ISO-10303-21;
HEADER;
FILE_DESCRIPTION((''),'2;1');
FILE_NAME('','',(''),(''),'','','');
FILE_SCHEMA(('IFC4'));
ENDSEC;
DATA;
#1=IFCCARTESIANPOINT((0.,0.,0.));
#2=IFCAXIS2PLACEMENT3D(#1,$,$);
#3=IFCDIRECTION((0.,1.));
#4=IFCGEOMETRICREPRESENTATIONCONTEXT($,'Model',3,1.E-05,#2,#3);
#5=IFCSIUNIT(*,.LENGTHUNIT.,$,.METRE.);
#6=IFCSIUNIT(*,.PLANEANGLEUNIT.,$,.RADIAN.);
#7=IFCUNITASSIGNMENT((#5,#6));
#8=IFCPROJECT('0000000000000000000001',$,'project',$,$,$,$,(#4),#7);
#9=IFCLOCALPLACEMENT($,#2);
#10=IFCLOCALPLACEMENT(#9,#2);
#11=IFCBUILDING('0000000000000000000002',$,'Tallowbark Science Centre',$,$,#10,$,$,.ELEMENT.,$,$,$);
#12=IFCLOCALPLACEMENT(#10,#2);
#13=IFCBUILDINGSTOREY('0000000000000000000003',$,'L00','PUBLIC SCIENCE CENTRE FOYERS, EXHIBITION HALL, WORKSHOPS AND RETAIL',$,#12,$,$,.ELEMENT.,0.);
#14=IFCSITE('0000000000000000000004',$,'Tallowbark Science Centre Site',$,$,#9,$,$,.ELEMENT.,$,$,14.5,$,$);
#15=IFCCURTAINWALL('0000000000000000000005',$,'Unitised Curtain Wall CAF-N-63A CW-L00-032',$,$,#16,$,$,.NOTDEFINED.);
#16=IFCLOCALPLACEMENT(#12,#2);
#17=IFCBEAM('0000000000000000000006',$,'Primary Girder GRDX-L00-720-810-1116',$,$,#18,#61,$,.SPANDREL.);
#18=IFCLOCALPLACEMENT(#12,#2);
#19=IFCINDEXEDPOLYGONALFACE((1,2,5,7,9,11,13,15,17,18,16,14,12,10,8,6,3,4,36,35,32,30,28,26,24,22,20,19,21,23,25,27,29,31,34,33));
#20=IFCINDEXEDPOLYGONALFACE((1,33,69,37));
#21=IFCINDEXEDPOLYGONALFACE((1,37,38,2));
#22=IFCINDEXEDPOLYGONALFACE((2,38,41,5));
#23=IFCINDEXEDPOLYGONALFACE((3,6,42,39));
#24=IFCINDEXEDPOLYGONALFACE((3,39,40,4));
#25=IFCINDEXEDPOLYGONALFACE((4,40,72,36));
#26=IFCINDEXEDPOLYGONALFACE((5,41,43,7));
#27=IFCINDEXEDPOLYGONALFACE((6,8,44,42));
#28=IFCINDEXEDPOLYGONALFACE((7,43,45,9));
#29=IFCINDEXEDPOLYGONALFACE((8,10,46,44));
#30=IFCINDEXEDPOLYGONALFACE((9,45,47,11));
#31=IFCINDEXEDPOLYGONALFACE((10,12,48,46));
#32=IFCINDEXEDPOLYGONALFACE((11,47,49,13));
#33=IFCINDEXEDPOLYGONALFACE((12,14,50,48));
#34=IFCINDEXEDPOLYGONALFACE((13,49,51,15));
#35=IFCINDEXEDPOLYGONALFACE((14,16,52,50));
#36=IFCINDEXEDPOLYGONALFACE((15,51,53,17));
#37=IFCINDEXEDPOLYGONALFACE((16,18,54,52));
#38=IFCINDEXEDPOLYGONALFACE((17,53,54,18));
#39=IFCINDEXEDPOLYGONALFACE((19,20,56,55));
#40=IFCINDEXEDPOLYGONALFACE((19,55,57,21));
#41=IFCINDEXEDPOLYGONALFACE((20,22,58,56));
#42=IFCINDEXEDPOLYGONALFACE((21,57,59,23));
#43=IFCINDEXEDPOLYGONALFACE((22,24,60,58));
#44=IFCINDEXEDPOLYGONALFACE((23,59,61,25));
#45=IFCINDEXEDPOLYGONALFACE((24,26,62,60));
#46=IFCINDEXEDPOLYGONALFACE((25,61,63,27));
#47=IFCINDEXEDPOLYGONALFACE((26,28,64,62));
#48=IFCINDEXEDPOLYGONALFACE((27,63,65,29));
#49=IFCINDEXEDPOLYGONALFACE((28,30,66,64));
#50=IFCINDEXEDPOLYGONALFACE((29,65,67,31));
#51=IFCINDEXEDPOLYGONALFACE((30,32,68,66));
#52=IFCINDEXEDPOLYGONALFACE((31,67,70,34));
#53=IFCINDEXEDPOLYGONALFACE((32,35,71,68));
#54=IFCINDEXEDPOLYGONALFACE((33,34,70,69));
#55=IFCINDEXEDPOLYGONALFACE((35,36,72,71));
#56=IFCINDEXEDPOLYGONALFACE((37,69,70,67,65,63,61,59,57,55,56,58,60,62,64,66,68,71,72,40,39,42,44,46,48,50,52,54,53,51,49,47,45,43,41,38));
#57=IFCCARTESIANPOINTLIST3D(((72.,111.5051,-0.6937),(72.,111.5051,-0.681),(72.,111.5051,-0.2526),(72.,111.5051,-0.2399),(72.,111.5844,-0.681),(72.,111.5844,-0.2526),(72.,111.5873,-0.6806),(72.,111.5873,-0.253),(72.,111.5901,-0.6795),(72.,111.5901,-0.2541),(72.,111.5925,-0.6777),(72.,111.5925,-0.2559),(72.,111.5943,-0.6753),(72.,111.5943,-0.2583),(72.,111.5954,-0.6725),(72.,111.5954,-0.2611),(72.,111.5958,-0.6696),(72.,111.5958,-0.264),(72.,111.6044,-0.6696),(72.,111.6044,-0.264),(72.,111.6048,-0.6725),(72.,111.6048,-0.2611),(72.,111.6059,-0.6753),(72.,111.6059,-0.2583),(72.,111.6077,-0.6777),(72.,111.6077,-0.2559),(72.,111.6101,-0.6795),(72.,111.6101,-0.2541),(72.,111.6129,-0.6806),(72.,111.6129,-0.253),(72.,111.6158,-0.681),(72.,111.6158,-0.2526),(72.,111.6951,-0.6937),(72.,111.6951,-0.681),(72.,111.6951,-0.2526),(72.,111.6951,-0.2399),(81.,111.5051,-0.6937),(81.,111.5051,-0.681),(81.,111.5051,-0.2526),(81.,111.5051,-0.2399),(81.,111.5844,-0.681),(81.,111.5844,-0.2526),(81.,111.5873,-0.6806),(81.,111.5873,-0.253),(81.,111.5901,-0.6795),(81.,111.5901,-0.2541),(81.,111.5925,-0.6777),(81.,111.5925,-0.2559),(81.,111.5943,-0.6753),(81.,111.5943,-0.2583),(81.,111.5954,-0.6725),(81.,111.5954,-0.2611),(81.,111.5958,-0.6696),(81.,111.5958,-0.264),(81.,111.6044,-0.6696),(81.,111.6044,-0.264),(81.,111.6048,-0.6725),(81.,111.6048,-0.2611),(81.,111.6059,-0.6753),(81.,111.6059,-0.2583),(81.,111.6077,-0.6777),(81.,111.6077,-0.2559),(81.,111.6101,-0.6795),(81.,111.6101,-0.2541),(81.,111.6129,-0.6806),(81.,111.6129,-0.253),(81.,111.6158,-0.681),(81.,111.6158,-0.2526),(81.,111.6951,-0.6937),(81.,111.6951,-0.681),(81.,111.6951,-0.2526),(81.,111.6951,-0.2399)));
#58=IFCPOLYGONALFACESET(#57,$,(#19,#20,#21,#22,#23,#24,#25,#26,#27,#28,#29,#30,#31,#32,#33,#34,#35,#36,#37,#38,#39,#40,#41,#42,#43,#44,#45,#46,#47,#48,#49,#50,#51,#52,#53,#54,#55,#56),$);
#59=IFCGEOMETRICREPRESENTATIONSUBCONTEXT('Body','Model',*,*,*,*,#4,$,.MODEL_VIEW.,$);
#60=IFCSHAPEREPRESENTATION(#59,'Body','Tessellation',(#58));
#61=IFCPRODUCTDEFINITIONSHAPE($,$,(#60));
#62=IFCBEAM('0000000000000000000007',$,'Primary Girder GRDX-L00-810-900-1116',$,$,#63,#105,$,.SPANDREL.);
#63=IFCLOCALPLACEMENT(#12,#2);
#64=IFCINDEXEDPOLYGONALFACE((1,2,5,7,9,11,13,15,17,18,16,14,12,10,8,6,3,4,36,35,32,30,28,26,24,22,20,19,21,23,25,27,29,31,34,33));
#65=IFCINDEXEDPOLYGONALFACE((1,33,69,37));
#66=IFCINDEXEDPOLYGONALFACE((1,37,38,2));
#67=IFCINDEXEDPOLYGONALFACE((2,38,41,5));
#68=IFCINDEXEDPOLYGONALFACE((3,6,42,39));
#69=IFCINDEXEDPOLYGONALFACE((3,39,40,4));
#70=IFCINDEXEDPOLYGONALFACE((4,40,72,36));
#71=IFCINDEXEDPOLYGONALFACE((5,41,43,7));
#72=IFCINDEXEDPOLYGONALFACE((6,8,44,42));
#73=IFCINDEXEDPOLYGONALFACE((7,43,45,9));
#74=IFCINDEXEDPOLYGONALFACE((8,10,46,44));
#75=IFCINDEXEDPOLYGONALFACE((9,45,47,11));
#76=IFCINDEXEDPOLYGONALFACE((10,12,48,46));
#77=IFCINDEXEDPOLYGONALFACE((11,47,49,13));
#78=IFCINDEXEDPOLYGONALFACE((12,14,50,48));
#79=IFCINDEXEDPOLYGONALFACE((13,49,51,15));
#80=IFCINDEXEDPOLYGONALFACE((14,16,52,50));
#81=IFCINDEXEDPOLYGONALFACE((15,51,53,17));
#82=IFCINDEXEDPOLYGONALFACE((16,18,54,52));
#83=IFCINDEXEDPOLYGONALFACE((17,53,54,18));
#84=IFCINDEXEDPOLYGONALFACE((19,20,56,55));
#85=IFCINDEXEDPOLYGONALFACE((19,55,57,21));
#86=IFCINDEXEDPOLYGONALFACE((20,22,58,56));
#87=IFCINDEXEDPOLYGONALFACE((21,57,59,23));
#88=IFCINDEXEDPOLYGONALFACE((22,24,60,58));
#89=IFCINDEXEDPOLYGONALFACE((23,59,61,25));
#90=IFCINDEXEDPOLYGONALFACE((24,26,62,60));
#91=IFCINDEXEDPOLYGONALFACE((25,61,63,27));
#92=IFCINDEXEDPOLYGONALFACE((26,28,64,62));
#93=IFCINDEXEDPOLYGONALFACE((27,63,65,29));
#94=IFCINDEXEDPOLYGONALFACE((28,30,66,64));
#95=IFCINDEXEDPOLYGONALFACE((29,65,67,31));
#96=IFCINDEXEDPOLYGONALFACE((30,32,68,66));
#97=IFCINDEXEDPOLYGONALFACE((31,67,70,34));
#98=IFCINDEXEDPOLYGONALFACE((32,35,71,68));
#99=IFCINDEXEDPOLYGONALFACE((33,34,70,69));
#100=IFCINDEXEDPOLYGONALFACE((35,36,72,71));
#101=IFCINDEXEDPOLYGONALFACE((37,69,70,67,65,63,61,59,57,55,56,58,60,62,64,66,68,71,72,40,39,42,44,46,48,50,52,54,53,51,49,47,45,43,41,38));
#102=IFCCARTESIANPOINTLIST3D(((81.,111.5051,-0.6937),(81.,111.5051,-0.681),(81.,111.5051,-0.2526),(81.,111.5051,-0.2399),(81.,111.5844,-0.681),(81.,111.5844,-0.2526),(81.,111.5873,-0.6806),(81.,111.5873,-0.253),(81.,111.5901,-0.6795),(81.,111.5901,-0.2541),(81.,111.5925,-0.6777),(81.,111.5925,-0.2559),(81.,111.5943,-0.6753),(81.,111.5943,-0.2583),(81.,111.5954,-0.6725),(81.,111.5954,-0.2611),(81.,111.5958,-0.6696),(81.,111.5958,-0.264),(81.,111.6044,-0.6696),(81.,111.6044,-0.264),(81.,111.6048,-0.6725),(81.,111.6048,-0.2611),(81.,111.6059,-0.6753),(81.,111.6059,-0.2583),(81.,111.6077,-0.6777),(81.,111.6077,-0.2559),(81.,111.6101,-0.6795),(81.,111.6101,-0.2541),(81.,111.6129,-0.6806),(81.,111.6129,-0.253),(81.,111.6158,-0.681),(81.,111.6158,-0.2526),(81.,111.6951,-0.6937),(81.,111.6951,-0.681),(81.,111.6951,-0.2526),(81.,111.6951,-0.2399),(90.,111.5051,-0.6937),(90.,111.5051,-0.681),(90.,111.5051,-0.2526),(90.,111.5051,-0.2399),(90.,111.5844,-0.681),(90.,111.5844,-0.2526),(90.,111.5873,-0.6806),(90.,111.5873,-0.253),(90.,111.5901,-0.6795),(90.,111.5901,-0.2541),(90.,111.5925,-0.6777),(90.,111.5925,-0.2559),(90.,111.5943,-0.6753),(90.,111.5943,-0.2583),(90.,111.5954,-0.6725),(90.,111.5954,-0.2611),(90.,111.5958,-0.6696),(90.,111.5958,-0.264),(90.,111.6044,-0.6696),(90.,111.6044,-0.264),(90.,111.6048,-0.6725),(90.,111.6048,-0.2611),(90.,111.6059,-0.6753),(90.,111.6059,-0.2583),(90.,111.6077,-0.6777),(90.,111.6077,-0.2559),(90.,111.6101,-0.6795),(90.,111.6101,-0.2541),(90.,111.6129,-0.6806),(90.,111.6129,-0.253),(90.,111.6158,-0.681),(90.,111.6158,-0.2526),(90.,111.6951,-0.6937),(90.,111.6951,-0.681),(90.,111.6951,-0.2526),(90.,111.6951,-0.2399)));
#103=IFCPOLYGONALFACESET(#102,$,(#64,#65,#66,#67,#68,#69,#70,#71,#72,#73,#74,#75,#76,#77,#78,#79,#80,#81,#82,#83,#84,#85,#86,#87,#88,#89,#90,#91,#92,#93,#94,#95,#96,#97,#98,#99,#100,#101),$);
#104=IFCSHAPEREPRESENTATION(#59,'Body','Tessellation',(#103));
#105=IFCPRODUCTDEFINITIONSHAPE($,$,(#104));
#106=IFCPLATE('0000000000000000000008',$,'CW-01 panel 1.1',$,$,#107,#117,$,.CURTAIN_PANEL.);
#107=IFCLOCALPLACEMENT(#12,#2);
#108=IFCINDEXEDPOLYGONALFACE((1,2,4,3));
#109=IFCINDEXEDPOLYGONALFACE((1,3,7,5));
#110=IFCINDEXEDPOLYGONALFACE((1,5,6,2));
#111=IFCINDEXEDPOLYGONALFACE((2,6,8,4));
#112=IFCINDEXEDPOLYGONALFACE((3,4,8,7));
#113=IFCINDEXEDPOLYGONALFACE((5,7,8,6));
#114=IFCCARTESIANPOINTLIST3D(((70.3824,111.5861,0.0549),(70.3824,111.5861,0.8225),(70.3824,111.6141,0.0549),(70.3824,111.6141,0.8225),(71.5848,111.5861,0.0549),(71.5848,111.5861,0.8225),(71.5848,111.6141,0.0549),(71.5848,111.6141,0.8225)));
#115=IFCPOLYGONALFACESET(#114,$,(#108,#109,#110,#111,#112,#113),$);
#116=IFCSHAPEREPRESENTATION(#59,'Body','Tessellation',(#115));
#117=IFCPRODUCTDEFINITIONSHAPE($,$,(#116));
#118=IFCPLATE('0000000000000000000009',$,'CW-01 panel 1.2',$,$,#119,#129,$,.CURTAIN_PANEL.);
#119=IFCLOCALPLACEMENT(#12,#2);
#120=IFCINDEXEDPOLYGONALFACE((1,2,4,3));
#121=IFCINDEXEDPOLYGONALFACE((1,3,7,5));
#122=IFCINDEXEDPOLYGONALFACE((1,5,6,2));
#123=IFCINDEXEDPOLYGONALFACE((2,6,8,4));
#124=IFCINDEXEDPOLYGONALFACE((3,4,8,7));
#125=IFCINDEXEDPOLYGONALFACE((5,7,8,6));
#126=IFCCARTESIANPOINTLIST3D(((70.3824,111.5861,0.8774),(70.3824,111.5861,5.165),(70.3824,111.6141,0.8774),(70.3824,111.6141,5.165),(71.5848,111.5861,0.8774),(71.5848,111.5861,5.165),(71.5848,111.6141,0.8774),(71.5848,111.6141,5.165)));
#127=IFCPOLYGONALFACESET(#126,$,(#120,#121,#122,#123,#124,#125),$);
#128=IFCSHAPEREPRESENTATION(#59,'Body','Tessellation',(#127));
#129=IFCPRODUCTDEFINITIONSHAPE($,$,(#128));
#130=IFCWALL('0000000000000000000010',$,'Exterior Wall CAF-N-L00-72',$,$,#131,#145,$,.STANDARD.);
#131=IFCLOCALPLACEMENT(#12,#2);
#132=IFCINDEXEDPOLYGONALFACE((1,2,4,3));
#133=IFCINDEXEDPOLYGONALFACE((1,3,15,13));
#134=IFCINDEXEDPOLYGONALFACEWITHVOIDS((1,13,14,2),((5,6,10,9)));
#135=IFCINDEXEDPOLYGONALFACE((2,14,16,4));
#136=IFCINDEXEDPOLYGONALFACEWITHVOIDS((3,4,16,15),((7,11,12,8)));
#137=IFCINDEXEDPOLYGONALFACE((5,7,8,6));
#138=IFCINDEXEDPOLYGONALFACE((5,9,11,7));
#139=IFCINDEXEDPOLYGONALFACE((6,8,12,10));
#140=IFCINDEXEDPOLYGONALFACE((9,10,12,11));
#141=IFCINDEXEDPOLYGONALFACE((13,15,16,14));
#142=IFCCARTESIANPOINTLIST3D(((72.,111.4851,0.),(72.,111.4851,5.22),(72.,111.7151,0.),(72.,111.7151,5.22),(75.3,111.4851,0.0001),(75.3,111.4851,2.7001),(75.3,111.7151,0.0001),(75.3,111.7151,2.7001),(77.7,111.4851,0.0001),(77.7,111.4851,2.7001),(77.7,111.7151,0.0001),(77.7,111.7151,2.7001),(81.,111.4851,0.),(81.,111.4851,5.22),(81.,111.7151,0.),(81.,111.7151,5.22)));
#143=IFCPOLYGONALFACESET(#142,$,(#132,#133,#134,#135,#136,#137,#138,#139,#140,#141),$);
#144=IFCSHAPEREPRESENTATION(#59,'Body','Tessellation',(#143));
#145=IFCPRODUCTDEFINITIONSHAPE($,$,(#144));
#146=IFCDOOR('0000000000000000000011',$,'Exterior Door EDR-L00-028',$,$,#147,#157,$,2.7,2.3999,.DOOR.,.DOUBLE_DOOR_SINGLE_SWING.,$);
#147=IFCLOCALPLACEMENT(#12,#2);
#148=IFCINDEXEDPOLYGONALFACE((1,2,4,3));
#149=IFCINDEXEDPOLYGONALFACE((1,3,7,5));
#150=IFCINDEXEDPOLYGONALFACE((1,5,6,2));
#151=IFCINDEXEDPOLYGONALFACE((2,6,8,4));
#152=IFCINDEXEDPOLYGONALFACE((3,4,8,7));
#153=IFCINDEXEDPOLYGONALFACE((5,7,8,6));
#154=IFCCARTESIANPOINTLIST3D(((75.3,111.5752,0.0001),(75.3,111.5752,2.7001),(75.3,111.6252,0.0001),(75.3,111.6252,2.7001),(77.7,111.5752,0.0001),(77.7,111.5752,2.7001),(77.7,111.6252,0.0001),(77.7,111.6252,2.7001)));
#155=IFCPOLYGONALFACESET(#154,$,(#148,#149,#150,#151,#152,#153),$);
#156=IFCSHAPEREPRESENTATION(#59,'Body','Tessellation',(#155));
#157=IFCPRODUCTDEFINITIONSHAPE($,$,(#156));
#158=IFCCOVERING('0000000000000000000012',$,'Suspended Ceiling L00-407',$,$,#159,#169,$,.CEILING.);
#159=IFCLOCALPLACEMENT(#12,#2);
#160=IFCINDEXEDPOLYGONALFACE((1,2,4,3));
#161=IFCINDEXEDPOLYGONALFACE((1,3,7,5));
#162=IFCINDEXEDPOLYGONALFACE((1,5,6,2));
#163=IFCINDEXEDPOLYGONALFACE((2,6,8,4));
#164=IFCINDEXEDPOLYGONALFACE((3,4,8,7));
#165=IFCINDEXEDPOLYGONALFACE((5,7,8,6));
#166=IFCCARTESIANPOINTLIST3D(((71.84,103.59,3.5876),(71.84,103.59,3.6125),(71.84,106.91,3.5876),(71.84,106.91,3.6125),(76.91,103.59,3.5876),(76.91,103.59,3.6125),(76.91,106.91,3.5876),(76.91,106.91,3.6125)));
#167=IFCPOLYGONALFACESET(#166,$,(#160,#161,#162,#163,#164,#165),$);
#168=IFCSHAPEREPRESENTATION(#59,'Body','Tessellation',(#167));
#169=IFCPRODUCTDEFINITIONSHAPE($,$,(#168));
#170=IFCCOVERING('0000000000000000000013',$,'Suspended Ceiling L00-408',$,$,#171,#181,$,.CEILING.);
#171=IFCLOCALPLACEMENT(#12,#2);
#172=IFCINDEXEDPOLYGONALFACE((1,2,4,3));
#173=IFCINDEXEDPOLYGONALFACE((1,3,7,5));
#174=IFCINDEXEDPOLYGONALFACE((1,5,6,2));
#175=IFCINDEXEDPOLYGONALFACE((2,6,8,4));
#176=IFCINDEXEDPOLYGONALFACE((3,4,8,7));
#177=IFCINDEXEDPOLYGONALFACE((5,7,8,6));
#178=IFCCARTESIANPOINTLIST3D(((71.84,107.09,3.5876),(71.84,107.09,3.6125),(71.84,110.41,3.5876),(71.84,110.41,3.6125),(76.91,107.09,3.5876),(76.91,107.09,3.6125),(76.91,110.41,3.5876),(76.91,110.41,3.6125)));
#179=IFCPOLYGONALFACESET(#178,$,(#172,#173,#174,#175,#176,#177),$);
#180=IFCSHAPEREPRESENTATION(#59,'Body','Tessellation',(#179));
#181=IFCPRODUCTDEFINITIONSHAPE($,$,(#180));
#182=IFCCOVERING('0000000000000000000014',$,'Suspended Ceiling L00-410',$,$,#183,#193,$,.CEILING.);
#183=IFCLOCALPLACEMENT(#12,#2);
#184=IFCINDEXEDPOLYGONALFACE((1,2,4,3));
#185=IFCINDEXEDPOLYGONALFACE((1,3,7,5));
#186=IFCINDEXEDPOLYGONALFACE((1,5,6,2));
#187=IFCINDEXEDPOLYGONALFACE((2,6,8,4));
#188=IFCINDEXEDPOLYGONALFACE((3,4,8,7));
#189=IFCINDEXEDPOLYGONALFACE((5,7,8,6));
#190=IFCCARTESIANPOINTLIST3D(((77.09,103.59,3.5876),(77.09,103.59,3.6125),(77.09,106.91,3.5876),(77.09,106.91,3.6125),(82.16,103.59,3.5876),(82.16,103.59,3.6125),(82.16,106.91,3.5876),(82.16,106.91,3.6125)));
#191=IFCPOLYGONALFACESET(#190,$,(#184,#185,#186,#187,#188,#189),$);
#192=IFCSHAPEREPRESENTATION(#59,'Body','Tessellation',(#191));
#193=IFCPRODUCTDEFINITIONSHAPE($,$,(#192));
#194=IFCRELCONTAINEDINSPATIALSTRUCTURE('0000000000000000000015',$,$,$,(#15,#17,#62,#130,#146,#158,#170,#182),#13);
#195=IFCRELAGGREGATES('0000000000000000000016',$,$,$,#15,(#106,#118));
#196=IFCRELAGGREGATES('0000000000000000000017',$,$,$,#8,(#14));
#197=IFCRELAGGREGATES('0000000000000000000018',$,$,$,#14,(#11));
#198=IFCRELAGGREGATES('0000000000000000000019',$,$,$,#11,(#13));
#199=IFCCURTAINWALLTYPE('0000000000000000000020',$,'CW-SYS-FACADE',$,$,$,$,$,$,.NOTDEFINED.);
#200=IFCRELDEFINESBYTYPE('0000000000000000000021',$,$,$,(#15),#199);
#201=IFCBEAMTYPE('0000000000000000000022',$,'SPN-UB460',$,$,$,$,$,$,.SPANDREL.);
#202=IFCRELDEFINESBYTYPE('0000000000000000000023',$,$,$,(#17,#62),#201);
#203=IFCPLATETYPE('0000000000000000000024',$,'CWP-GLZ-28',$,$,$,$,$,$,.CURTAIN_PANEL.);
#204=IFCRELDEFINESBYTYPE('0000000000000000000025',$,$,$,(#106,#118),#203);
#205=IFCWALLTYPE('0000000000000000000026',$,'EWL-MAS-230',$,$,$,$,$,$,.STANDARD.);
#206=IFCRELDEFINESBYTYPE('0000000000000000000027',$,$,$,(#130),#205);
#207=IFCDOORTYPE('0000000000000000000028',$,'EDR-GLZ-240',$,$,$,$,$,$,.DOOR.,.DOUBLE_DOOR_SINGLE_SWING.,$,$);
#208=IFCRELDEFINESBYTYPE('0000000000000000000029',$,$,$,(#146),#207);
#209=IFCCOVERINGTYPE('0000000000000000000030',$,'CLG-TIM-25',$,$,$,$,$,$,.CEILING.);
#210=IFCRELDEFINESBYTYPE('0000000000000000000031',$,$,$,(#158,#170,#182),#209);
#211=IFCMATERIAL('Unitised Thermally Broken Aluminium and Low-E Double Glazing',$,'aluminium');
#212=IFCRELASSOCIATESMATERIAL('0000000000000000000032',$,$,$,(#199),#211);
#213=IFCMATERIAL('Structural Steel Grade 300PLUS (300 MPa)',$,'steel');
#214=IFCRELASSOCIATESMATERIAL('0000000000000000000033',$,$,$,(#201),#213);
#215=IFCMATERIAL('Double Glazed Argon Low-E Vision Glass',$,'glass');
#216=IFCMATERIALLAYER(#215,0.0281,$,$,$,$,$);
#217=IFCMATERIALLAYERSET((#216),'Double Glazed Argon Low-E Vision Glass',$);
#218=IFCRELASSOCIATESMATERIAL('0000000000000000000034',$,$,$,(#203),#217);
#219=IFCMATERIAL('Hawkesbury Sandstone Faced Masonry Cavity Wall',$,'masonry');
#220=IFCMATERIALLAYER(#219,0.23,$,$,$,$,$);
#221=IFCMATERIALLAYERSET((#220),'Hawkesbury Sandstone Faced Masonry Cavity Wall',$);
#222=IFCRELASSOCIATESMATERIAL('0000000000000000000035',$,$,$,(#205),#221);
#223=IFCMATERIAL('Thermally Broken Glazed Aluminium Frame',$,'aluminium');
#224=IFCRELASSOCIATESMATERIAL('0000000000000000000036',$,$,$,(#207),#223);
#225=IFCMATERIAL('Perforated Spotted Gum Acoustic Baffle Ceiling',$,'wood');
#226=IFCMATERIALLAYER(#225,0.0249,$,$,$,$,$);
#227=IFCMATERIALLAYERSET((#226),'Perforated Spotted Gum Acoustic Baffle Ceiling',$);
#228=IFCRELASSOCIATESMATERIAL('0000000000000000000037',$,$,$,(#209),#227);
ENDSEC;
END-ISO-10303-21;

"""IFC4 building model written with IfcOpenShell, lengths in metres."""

from ifc_helpers import new_model, si_unit, direction, frame, frame_2d, origin, origin_2d, place, context, subcontext, project, spatial, rectangle, i_section, extrude, material, layer, layer_set, material_profile, profile_set, type_object, element, fill, aggregate, save


model = new_model("IFC4")

# Units and contexts
model_context = context("Model", 3, precision=1e-05, world=origin(), true_north=direction((0.0, 1.0)))
body_context = subcontext(model_context, "Body", "Model", "MODEL_VIEW")
ifc_project = project(units=[si_unit("LENGTHUNIT", "METRE"), si_unit("PLANEANGLEUNIT", "RADIAN")], contexts=[model_context])

# Site, building, storey
site_placement = place(None, origin())
site = spatial("IfcSite", under=ifc_project, at=site_placement, Name="Tallowbark Science Centre Site", CompositionType="ELEMENT", RefElevation=14.5)
building_placement = place(site_placement, origin())
building = spatial("IfcBuilding", under=site, at=building_placement, Name="Tallowbark Science Centre", CompositionType="ELEMENT")
storey_placement = place(building_placement, origin())
storey = spatial("IfcBuildingStorey", under=building, at=storey_placement, Name="L00", Description="PUBLIC SCIENCE CENTRE FOYERS, EXHIBITION HALL, WORKSHOPS AND RETAIL", CompositionType="ELEMENT", Elevation=0.0)

# Shared definitions
ifc_material_1 = material(Name="Structural Steel Grade 300PLUS (300 MPa)", Category="steel")

# Curtain wall
ifc_material_2 = material(Name="Unitised Thermally Broken Aluminium and Low-E Double Glazing", Category="aluminium")
curtain_wall_type = type_object("IfcCurtainWallType", Name="CW-SYS-FACADE", PredefinedType="NOTDEFINED", material=ifc_material_2)
curtain_wall_1_placement = place(storey_placement, origin())
curtain_wall_1 = element("IfcCurtainWall", 1, at=curtain_wall_1_placement, inside=storey, type_object=curtain_wall_type, Name="Unitised Curtain Wall CAF-N-63A CW-L00-032", PredefinedType="NOTDEFINED")

# Beams
ifc_material_profile_1 = material_profile(ifc_material_1, i_section(OverallWidth=0.1899, OverallDepth=0.4539, WebThickness=0.0085, FlangeThickness=0.0127, FilletRadius=0.0115, at=origin_2d()), Name="460UB67.1")
ifc_profile_set_1 = profile_set([ifc_material_profile_1], Name="Structural Steel Grade 300PLUS (300 MPa)")
beam_type_1 = type_object("IfcBeamType", Name="SPN-UB460", PredefinedType="SPANDREL", material=ifc_profile_set_1)
for number, where, z_axis, x_axis, name in (
    (2, (72.0, 111.6001, -0.4668), (1.0, 0.0, 0.0), (0.0, 1.0, 0.0), "Primary Girder GRDX-L00-720-810-1116"),
    (3, (81.0, 111.6001, -0.4668), (1.0, 0.0, 0.0), (0.0, 1.0, 0.0), "Primary Girder GRDX-L00-810-900-1116"),
):
    element("IfcBeam", number, at=place(storey_placement, frame(where, z_axis=z_axis, x_axis=x_axis)), inside=storey, type_object=beam_type_1, Name=name, PredefinedType="SPANDREL", context=body_context, shape_type="SweptSolid", body=[
        extrude(i_section(OverallWidth=0.1899, OverallDepth=0.4539, WebThickness=0.0085, FlangeThickness=0.0127, FilletRadius=0.0115, at=origin_2d()), origin(), (0.0, 0.0, 1.0), 9.0),
    ])

# Plates
ifc_material_3 = material(Name="Double Glazed Argon Low-E Vision Glass", Category="glass")
ifc_layer_1 = layer(ifc_material_3, 0.0281)
ifc_layer_set_1 = layer_set([ifc_layer_1], Name="Double Glazed Argon Low-E Vision Glass")
plate_type = type_object("IfcPlateType", Name="CWP-GLZ-28", PredefinedType="CURTAIN_PANEL", material=ifc_layer_set_1)
plate_1_placement = place(storey_placement, frame((70.9836, 111.6001, 0.0549), z_axis=(0.0, 0.0, 1.0), x_axis=(-1.0, 0.0, 0.0)))
plate_1 = element("IfcPlate", 4, at=plate_1_placement, type_object=plate_type, Name="CW-01 panel 1.1", PredefinedType="CURTAIN_PANEL", context=body_context, shape_type="SweptSolid", body=[
    extrude(rectangle(XDim=1.2024, YDim=0.0281, at=origin_2d()), origin(), (0.0, 0.0, 1.0), 0.7676),
])
plate_2_placement = place(storey_placement, frame((70.9836, 111.6001, 0.8774), z_axis=(0.0, 0.0, 1.0), x_axis=(-1.0, 0.0, 0.0)))
plate_2 = element("IfcPlate", 5, at=plate_2_placement, type_object=plate_type, Name="CW-01 panel 1.2", PredefinedType="CURTAIN_PANEL", context=body_context, shape_type="SweptSolid", body=[
    extrude(rectangle(XDim=1.2024, YDim=0.0281, at=origin_2d()), origin(), (0.0, 0.0, 1.0), 4.2876),
])
aggregate(curtain_wall_1, [plate_1, plate_2])

# Wall, opening, door
ifc_material_4 = material(Name="Hawkesbury Sandstone Faced Masonry Cavity Wall", Category="masonry")
ifc_layer_2 = layer(ifc_material_4, 0.23)
ifc_layer_set_2 = layer_set([ifc_layer_2], Name="Hawkesbury Sandstone Faced Masonry Cavity Wall")
wall_type = type_object("IfcWallType", Name="EWL-MAS-230", PredefinedType="STANDARD", material=ifc_layer_set_2)
wall_placement = place(storey_placement, frame((81.0, 111.6001, 0.0), z_axis=(0.0, 0.0, 1.0), x_axis=(-1.0, 0.0, 0.0)))
wall = element("IfcWall", 6, at=wall_placement, inside=storey, type_object=wall_type, Name="Exterior Wall CAF-N-L00-72", PredefinedType="STANDARD", context=body_context, shape_type="SweptSolid", body=[
    extrude(rectangle(XDim=9.0, YDim=0.23, at=frame_2d((4.5, 0.0))), origin(), (0.0, 0.0, 1.0), 5.22),
])
opening_placement = place(wall_placement, frame((3.3, 0.0, 0.0)))
opening = element("IfcOpeningElement", 7, at=opening_placement, cuts=wall, PredefinedType="OPENING", context=body_context, shape_type="SweptSolid", body=[
    extrude(rectangle(XDim=2.3999, YDim=2.7, at=frame_2d((1.2, 1.3501))), frame((0.0, 0.125, 0.0), z_axis=(0.0, -1.0, 0.0), x_axis=(1.0, 0.0, 0.0)), (0.0, 0.0, 1.0), 0.25),
])
ifc_material_5 = material(Name="Thermally Broken Glazed Aluminium Frame", Category="aluminium")
door_type = type_object("IfcDoorType", Name="EDR-GLZ-240", OperationType="DOUBLE_DOOR_SINGLE_SWING", PredefinedType="DOOR", material=ifc_material_5)
door_placement = place(opening_placement, origin())
door = element("IfcDoor", 8, at=door_placement, inside=storey, type_object=door_type, Name="Exterior Door EDR-L00-028", OperationType="DOUBLE_DOOR_SINGLE_SWING", OverallHeight=2.7, OverallWidth=2.3999, PredefinedType="DOOR", context=body_context, shape_type="SweptSolid", body=[
    extrude(rectangle(XDim=2.3999, YDim=2.7, at=frame_2d((1.2, 1.3501))), frame((0.0, 0.0249, 0.0), z_axis=(0.0, -1.0, 0.0), x_axis=(1.0, 0.0, 0.0)), (0.0, 0.0, 1.0), 0.05),
])
fill(opening, door)

# Coverings
ifc_material_6 = material(Name="Perforated Spotted Gum Acoustic Baffle Ceiling", Category="wood")
ifc_layer_3 = layer(ifc_material_6, 0.0249)
ifc_layer_set_3 = layer_set([ifc_layer_3], Name="Perforated Spotted Gum Acoustic Baffle Ceiling")
covering_type_1 = type_object("IfcCoveringType", Name="CLG-TIM-25", PredefinedType="CEILING", material=ifc_layer_set_3)
for number, where, z_axis, x_axis, name in (
    (9, (74.375, 105.25, 3.5876), (0.0, 0.0, 1.0), (1.0, 0.0, 0.0), "Suspended Ceiling L00-407"),
    (10, (74.375, 108.75, 3.5876), (0.0, 0.0, 1.0), (1.0, 0.0, 0.0), "Suspended Ceiling L00-408"),
    (11, (79.625, 105.25, 3.5876), (0.0, 0.0, 1.0), (1.0, 0.0, 0.0), "Suspended Ceiling L00-410"),
):
    element("IfcCovering", number, at=place(storey_placement, frame(where, z_axis=z_axis, x_axis=x_axis)), inside=storey, type_object=covering_type_1, Name=name, PredefinedType="CEILING", context=body_context, shape_type="SweptSolid", body=[
        extrude(rectangle(XDim=5.0701, YDim=3.3201, at=origin_2d()), origin(), (0.0, 0.0, 1.0), 0.0249),
    ])

save(model, "model.ifc")
